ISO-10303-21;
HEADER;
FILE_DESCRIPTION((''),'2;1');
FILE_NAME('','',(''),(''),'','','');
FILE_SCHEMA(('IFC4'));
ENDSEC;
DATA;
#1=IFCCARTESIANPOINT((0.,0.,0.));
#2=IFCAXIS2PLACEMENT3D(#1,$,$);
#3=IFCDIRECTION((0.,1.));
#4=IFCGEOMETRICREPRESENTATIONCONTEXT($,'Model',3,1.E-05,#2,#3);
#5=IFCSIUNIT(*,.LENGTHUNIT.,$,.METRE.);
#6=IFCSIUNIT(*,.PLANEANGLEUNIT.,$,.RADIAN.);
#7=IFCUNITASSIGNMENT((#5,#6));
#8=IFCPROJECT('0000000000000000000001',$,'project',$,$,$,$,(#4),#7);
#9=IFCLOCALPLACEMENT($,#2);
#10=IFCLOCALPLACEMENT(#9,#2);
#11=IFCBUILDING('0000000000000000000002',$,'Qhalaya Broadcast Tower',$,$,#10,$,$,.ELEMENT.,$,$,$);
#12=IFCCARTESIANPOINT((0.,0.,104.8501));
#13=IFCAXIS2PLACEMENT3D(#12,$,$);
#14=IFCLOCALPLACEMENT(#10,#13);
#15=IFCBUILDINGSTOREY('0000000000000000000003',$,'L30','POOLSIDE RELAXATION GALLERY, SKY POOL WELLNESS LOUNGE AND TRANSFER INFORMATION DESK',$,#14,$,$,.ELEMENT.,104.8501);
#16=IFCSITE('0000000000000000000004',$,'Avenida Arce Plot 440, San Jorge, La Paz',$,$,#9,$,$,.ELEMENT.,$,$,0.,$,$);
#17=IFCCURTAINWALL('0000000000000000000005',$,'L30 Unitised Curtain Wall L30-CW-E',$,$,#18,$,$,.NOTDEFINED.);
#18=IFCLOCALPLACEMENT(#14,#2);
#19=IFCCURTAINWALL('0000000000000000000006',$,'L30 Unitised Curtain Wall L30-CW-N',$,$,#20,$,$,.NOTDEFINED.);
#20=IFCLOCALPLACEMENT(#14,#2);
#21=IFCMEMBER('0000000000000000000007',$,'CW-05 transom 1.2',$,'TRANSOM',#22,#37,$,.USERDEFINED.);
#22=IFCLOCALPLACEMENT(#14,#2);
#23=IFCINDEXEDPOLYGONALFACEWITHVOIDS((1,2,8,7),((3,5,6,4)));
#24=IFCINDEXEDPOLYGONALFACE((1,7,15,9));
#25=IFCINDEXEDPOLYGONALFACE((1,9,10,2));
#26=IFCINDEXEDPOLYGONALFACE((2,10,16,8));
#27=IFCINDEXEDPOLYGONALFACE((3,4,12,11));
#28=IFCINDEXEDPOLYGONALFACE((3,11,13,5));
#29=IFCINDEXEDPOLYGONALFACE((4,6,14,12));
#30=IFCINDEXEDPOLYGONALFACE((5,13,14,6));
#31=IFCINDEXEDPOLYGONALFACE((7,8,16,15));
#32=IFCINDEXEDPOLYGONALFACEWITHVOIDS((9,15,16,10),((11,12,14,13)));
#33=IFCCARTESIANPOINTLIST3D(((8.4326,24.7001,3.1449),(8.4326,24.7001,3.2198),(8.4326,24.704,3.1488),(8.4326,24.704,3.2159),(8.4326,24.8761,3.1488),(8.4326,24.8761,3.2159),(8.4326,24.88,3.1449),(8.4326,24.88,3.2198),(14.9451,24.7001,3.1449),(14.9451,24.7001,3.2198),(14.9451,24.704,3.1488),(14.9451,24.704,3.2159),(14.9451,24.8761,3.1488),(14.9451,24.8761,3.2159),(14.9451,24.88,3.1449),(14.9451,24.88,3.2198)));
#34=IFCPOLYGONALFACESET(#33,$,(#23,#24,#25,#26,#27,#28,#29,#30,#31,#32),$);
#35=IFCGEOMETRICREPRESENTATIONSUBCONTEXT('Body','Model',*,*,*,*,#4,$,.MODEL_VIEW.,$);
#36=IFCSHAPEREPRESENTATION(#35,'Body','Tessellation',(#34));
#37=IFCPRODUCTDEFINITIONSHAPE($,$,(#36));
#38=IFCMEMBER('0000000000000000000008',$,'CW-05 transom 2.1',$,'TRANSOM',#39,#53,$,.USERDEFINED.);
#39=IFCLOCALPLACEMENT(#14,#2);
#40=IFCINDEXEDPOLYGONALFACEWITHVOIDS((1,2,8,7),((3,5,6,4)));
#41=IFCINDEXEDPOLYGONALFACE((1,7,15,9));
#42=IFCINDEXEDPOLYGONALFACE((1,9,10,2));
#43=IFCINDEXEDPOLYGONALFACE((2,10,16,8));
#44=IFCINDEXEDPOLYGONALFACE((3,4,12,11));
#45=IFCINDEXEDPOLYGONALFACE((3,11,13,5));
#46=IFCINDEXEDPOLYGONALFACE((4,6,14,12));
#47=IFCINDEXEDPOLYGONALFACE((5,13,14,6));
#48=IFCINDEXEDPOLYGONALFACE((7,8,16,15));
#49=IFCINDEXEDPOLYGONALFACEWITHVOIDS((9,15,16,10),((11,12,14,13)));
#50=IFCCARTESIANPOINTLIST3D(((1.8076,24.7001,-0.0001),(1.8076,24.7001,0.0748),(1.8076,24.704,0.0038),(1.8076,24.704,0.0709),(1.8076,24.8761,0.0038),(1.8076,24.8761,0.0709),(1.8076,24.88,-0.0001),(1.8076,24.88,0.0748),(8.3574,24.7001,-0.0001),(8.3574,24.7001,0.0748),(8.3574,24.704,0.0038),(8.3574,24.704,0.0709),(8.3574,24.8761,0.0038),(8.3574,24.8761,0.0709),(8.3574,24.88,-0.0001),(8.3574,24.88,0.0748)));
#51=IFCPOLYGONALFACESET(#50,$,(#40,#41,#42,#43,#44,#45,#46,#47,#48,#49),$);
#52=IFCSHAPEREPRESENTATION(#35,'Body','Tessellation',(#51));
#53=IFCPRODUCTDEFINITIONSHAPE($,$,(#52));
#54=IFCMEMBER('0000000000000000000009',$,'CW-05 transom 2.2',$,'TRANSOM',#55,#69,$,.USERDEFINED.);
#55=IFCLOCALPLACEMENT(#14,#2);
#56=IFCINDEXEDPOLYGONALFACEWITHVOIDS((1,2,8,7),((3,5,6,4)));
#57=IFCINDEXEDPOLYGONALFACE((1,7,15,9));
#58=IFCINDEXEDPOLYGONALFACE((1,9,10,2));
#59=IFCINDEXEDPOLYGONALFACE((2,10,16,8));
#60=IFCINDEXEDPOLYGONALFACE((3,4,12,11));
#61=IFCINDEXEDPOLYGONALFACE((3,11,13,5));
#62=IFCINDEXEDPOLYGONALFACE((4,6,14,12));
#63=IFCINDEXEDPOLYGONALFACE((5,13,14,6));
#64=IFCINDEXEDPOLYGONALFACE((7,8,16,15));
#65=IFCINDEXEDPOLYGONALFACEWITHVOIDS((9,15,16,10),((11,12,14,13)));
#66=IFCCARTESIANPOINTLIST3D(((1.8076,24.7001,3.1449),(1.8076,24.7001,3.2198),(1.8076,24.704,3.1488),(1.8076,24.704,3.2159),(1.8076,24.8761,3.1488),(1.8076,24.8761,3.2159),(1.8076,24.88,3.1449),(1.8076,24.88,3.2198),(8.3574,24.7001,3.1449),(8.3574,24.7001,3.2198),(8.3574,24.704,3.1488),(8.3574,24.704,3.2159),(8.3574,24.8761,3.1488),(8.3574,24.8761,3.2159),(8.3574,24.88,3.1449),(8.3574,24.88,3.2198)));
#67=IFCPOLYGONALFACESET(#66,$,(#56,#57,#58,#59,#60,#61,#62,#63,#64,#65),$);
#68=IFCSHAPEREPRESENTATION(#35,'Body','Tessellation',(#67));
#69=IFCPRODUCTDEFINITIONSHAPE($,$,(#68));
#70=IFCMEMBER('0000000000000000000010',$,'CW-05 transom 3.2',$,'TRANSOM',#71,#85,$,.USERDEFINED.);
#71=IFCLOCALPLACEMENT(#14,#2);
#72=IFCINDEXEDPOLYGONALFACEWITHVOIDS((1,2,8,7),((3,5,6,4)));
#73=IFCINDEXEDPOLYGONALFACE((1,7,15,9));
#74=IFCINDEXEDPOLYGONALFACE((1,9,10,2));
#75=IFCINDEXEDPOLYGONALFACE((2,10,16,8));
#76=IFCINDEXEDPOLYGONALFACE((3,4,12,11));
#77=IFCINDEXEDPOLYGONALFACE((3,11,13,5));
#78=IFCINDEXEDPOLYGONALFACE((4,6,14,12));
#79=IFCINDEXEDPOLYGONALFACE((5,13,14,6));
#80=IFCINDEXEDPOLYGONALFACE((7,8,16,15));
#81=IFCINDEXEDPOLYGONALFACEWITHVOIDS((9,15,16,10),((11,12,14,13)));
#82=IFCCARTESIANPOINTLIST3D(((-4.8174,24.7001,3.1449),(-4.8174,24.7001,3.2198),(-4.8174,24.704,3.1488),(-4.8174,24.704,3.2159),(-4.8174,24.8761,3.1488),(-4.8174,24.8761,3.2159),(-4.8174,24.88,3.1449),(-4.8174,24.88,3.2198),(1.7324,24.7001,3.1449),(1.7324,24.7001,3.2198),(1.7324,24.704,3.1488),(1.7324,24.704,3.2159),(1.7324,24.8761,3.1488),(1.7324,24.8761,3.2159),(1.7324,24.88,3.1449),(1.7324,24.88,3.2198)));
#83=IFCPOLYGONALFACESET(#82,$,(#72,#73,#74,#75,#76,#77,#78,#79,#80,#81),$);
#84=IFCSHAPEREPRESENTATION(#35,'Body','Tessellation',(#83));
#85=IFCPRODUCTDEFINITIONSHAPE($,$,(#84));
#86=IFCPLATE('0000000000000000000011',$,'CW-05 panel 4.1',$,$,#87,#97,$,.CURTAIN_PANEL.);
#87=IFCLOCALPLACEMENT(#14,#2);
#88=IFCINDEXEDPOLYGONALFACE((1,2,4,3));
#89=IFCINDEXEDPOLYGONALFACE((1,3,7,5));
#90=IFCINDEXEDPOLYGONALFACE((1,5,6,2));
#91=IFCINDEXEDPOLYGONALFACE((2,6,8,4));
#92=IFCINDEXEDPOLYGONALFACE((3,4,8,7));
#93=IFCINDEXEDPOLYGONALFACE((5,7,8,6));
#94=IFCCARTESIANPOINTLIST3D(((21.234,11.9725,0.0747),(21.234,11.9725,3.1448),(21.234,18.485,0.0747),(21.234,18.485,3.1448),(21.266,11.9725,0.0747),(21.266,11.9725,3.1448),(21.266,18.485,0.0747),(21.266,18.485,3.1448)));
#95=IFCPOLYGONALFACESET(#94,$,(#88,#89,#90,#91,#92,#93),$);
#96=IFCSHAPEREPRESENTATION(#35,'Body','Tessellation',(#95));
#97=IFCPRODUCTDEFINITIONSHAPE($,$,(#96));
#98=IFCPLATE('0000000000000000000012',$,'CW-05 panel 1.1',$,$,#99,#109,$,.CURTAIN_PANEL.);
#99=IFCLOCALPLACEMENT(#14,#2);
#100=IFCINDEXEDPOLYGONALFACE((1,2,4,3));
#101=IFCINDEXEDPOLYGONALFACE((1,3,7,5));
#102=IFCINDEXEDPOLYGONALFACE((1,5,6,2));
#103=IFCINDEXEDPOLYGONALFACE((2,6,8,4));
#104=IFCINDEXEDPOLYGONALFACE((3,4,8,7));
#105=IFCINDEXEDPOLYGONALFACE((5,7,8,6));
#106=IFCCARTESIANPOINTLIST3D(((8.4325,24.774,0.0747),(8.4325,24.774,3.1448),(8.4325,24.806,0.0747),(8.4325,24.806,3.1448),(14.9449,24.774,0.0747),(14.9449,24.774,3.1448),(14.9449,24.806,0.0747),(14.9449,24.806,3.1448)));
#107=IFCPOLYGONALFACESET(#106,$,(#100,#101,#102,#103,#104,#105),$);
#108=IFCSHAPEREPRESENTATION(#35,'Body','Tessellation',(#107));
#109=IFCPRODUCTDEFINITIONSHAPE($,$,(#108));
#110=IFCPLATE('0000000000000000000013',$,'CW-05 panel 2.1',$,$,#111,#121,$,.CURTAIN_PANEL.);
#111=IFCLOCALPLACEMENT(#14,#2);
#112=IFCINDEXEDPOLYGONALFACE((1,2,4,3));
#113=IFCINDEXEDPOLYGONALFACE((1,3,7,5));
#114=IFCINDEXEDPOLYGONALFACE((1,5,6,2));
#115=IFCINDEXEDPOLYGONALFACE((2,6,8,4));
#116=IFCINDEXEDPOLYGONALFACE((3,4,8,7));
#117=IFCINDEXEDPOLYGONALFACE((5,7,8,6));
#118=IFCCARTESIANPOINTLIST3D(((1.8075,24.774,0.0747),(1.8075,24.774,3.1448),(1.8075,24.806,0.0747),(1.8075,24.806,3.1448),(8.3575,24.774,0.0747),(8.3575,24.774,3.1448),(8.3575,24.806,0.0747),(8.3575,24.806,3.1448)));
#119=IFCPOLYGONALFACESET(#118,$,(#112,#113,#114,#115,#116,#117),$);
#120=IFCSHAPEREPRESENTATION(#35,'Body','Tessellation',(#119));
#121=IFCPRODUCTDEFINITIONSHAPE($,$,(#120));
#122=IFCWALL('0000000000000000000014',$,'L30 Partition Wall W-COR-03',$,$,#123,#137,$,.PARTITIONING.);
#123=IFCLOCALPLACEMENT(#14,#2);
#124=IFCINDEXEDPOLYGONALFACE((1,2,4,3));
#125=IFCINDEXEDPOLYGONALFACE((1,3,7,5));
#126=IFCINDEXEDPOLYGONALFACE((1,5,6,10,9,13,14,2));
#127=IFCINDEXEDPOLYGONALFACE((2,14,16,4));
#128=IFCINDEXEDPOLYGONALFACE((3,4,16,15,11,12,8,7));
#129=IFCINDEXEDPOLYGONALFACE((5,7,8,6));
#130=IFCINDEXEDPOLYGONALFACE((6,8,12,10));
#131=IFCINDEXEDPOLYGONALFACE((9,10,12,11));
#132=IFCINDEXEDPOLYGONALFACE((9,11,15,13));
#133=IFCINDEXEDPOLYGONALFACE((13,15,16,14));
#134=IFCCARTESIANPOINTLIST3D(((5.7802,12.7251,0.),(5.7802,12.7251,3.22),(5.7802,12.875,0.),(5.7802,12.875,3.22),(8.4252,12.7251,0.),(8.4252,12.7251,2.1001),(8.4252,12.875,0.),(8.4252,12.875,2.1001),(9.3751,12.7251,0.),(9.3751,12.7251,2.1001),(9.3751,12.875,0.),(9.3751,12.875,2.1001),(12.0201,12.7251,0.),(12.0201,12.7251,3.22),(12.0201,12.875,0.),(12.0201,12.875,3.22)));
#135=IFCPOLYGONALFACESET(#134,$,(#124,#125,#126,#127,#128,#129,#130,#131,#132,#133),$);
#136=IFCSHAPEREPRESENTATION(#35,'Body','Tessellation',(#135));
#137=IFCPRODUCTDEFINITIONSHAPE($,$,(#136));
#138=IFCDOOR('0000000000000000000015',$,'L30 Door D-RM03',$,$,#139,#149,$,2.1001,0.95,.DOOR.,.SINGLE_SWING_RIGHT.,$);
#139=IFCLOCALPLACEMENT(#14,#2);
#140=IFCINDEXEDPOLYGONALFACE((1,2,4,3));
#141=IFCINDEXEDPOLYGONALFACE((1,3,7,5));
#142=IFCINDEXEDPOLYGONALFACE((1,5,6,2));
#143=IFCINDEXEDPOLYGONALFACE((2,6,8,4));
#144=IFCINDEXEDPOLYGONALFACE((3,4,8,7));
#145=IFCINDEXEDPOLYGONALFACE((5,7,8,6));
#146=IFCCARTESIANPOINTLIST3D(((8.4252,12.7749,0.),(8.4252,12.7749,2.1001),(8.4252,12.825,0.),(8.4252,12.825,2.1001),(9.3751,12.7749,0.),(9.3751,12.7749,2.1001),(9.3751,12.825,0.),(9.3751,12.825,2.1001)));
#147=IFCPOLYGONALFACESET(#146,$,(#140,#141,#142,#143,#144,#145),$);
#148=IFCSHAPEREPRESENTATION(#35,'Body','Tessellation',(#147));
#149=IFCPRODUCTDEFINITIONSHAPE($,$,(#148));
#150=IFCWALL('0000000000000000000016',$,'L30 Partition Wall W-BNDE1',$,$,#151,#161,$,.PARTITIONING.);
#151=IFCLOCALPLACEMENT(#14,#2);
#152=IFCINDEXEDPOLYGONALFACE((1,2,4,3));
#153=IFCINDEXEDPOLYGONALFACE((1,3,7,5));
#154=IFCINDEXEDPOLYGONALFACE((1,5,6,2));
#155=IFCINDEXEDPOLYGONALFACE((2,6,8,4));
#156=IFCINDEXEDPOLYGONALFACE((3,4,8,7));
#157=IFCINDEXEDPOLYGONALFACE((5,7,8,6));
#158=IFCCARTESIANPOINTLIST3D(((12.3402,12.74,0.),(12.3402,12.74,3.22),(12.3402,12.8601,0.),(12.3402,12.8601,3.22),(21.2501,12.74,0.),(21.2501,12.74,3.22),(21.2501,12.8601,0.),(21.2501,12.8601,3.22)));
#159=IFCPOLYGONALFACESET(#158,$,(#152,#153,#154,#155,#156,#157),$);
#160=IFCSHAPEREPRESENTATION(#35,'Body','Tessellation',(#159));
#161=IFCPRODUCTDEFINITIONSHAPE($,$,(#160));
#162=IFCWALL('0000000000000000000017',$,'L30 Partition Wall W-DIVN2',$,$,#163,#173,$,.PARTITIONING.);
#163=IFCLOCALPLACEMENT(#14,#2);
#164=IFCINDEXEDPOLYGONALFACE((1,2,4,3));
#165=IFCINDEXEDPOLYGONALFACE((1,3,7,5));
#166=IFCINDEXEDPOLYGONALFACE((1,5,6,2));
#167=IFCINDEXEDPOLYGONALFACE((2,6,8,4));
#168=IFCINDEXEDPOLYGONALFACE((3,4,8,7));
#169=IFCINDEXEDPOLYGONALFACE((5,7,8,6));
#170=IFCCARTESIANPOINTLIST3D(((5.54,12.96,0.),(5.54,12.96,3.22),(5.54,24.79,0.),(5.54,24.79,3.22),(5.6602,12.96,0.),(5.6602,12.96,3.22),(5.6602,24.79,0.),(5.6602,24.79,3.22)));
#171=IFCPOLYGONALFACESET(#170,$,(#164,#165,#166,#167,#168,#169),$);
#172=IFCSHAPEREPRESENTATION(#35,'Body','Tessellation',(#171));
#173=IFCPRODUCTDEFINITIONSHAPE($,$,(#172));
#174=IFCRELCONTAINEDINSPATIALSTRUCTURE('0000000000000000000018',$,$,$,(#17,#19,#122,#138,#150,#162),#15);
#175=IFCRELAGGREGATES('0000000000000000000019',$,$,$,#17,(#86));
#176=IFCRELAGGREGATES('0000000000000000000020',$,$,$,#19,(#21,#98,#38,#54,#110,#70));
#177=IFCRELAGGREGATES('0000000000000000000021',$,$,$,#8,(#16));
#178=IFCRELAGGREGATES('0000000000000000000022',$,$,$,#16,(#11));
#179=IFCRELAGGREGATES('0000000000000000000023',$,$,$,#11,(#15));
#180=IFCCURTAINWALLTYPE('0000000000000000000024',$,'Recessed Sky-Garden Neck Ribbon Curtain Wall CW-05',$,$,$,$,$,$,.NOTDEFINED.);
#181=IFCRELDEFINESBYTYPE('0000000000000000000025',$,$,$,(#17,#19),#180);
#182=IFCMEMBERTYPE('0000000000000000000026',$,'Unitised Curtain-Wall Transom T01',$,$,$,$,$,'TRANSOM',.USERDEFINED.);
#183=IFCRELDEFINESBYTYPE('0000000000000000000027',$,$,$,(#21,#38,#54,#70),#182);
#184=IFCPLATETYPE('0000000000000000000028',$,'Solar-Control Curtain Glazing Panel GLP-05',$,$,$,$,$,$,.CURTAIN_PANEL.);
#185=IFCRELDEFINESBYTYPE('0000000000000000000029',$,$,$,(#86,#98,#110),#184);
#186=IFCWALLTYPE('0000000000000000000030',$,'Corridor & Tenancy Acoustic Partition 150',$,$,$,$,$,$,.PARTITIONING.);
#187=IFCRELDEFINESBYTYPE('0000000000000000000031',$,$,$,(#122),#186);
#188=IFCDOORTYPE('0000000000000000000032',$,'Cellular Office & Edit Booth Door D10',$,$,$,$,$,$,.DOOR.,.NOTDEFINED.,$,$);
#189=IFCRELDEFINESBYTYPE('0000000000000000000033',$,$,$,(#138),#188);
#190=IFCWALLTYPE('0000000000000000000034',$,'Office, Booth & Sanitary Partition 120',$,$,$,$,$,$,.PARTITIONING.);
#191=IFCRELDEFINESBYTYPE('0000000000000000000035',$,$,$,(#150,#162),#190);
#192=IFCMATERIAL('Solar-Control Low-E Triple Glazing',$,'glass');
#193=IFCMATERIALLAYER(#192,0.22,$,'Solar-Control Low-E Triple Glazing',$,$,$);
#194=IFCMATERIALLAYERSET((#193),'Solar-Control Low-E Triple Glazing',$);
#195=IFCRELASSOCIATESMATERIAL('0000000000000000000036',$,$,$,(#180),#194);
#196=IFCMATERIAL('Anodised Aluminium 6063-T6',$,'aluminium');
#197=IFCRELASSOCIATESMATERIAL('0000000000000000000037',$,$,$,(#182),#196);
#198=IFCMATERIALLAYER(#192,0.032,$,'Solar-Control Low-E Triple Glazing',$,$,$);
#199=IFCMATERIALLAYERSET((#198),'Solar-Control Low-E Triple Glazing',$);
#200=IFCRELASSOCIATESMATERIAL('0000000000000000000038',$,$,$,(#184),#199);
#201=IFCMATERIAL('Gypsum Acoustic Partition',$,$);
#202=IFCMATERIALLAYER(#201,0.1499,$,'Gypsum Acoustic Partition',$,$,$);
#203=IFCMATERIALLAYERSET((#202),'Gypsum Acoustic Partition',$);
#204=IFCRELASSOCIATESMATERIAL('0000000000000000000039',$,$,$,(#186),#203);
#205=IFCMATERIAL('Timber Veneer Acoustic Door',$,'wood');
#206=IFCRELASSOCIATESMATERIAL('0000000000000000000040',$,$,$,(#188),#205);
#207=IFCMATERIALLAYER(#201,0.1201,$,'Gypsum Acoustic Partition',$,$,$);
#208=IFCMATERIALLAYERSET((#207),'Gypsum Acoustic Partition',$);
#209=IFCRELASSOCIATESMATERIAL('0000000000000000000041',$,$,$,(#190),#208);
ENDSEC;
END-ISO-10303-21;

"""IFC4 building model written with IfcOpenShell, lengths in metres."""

from ifc_helpers import new_model, si_unit, direction, frame, frame_2d, origin, origin_2d, place, context, subcontext, project, spatial, rectangle, hollow_rectangle, extrude, material, layer, layer_set, material_profile, profile_set, type_object, element, fill, aggregate, save


model = new_model("IFC4")

# Units and contexts
model_context = context("Model", 3, precision=1e-05, world=origin(), true_north=direction((0.0, 1.0)))
body_context = subcontext(model_context, "Body", "Model", "MODEL_VIEW")
ifc_project = project(units=[si_unit("LENGTHUNIT", "METRE"), si_unit("PLANEANGLEUNIT", "RADIAN")], contexts=[model_context])

# Site, building, storey
site_placement = place(None, origin())
site = spatial("IfcSite", under=ifc_project, at=site_placement, Name="Avenida Arce Plot 440, San Jorge, La Paz", CompositionType="ELEMENT", RefElevation=0.0)
building_placement = place(site_placement, origin())
building = spatial("IfcBuilding", under=site, at=building_placement, Name="Qhalaya Broadcast Tower", CompositionType="ELEMENT")
storey_placement = place(building_placement, frame((0.0, 0.0, 104.8501)))
storey = spatial("IfcBuildingStorey", under=building, at=storey_placement, Name="L30", Description="POOLSIDE RELAXATION GALLERY, SKY POOL WELLNESS LOUNGE AND TRANSFER INFORMATION DESK", CompositionType="ELEMENT", Elevation=104.8501)

# Curtain walls
ifc_material_1 = material(Name="Solar-Control Low-E Triple Glazing", Category="glass")
ifc_layer_1 = layer(ifc_material_1, 0.22, Name="Solar-Control Low-E Triple Glazing")
ifc_layer_set_1 = layer_set([ifc_layer_1], Name="Solar-Control Low-E Triple Glazing")
curtain_wall_type = type_object("IfcCurtainWallType", Name="Recessed Sky-Garden Neck Ribbon Curtain Wall CW-05", PredefinedType="NOTDEFINED", material=ifc_layer_set_1)
curtain_wall_1_placement = place(storey_placement, origin())
curtain_wall_1 = element("IfcCurtainWall", 1, at=curtain_wall_1_placement, inside=storey, type_object=curtain_wall_type, Name="L30 Unitised Curtain Wall L30-CW-E", PredefinedType="NOTDEFINED")
ifc_material_2 = material(Name="Anodised Aluminium 6063-T6", Category="aluminium")
curtain_wall_2_placement = place(storey_placement, origin())
curtain_wall_2 = element("IfcCurtainWall", 2, at=curtain_wall_2_placement, inside=storey, type_object=curtain_wall_type, Name="L30 Unitised Curtain Wall L30-CW-N", PredefinedType="NOTDEFINED")

# Members
ifc_material_profile_1 = material_profile(ifc_material_2, hollow_rectangle(XDim=0.075, YDim=0.1799, WallThickness=0.0039, at=origin_2d()), Name="ALU-TRN 75x180x4")
ifc_profile_set_1 = profile_set([ifc_material_profile_1], Name="Anodised Aluminium 6063-T6")
member_type_1 = type_object("IfcMemberType", Name="Unitised Curtain-Wall Transom T01", ElementType="TRANSOM", PredefinedType="USERDEFINED", material=ifc_profile_set_1)
member_1_placement = place(storey_placement, frame((14.9451, 24.79, 3.1824), z_axis=(-1.0, 0.0, 0.0), x_axis=(0.0, 0.0, 1.0)))
member_1 = element("IfcMember", 3, at=member_1_placement, type_object=member_type_1, Name="CW-05 transom 1.2", ObjectType="TRANSOM", PredefinedType="USERDEFINED", context=body_context, shape_type="SweptSolid", body=[
    extrude(hollow_rectangle(XDim=0.075, YDim=0.1799, WallThickness=0.0039, at=origin_2d()), origin(), (0.0, 0.0, 1.0), 6.5125),
])
member_2_placement = place(storey_placement, frame((8.3574, 24.79, 0.0374), z_axis=(-1.0, 0.0, 0.0), x_axis=(0.0, 0.0, 1.0)))
member_2 = element("IfcMember", 4, at=member_2_placement, type_object=member_type_1, Name="CW-05 transom 2.1", ObjectType="TRANSOM", PredefinedType="USERDEFINED", context=body_context, shape_type="SweptSolid", body=[
    extrude(hollow_rectangle(XDim=0.075, YDim=0.1799, WallThickness=0.0039, at=origin_2d()), origin(), (0.0, 0.0, 1.0), 6.5498),
])
member_3_placement = place(storey_placement, frame((8.3574, 24.79, 3.1824), z_axis=(-1.0, 0.0, 0.0), x_axis=(0.0, 0.0, 1.0)))
member_3 = element("IfcMember", 5, at=member_3_placement, type_object=member_type_1, Name="CW-05 transom 2.2", ObjectType="TRANSOM", PredefinedType="USERDEFINED", context=body_context, shape_type="SweptSolid", body=[
    extrude(hollow_rectangle(XDim=0.075, YDim=0.1799, WallThickness=0.0039, at=origin_2d()), origin(), (0.0, 0.0, 1.0), 6.5498),
])
member_4_placement = place(storey_placement, frame((1.7324, 24.79, 3.1824), z_axis=(-1.0, 0.0, 0.0), x_axis=(0.0, 0.0, 1.0)))
member_4 = element("IfcMember", 6, at=member_4_placement, type_object=member_type_1, Name="CW-05 transom 3.2", ObjectType="TRANSOM", PredefinedType="USERDEFINED", context=body_context, shape_type="SweptSolid", body=[
    extrude(hollow_rectangle(XDim=0.075, YDim=0.1799, WallThickness=0.0039, at=origin_2d()), origin(), (0.0, 0.0, 1.0), 6.5498),
])

# Plates
ifc_layer_2 = layer(ifc_material_1, 0.032, Name="Solar-Control Low-E Triple Glazing")
ifc_layer_set_2 = layer_set([ifc_layer_2], Name="Solar-Control Low-E Triple Glazing")
plate_type = type_object("IfcPlateType", Name="Solar-Control Curtain Glazing Panel GLP-05", PredefinedType="CURTAIN_PANEL", material=ifc_layer_set_2)
plate_1_placement = place(storey_placement, frame((21.25, 15.2288, 0.0747), z_axis=(0.0, 0.0, 1.0), x_axis=(0.0, 1.0, 0.0)))
plate_1 = element("IfcPlate", 7, at=plate_1_placement, type_object=plate_type, Name="CW-05 panel 4.1", PredefinedType="CURTAIN_PANEL", context=body_context, shape_type="SweptSolid", body=[
    extrude(rectangle(XDim=6.5125, YDim=0.032, at=origin_2d()), origin(), (0.0, 0.0, 1.0), 3.0701),
])
aggregate(curtain_wall_1, [plate_1])
plate_2_placement = place(storey_placement, frame((11.6887, 24.79, 0.0747), z_axis=(0.0, 0.0, 1.0), x_axis=(-1.0, 0.0, 0.0)))
plate_2 = element("IfcPlate", 8, at=plate_2_placement, type_object=plate_type, Name="CW-05 panel 1.1", PredefinedType="CURTAIN_PANEL", context=body_context, shape_type="SweptSolid", body=[
    extrude(rectangle(XDim=6.5125, YDim=0.032, at=origin_2d()), origin(), (0.0, 0.0, 1.0), 3.0701),
])
plate_3_placement = place(storey_placement, frame((5.0825, 24.79, 0.0747), z_axis=(0.0, 0.0, 1.0), x_axis=(-1.0, 0.0, 0.0)))
plate_3 = element("IfcPlate", 9, at=plate_3_placement, type_object=plate_type, Name="CW-05 panel 2.1", PredefinedType="CURTAIN_PANEL", context=body_context, shape_type="SweptSolid", body=[
    extrude(rectangle(XDim=6.55, YDim=0.032, at=origin_2d()), origin(), (0.0, 0.0, 1.0), 3.0701),
])
aggregate(curtain_wall_2, [member_1, plate_2, member_2, member_3, plate_3, member_4])

# Wall, opening, door
ifc_material_3 = material(Name="Gypsum Acoustic Partition")
ifc_layer_3 = layer(ifc_material_3, 0.1499, Name="Gypsum Acoustic Partition")
ifc_layer_set_3 = layer_set([ifc_layer_3], Name="Gypsum Acoustic Partition")
wall_type_1 = type_object("IfcWallType", Name="Corridor & Tenancy Acoustic Partition 150", PredefinedType="PARTITIONING", material=ifc_layer_set_3)
wall_1_placement = place(storey_placement, frame((5.78, 12.8, 0.0), z_axis=(0.0, 0.0, 1.0), x_axis=(1.0, 0.0, 0.0)))
wall_1 = element("IfcWall", 10, at=wall_1_placement, inside=storey, type_object=wall_type_1, Name="L30 Partition Wall W-COR-03", PredefinedType="PARTITIONING", context=body_context, shape_type="SweptSolid", body=[
    extrude(rectangle(XDim=6.24, YDim=0.1499, at=frame_2d((3.1201, 0.0))), origin(), (0.0, 0.0, 1.0), 3.22),
])
opening_placement = place(wall_1_placement, frame((2.645, 0.0, 0.0)))
opening = element("IfcOpeningElement", 11, at=opening_placement, cuts=wall_1, PredefinedType="OPENING", context=body_context, shape_type="SweptSolid", body=[
    extrude(rectangle(XDim=0.95, YDim=2.1001, at=frame_2d((0.4751, 1.05))), frame((0.0, 0.0869, 0.0), z_axis=(0.0, -1.0, 0.0), x_axis=(1.0, 0.0, 0.0)), (0.0, 0.0, 1.0), 0.1738),
])
ifc_material_4 = material(Name="Timber Veneer Acoustic Door", Category="wood")
door_type = type_object("IfcDoorType", Name="Cellular Office & Edit Booth Door D10", OperationType="NOTDEFINED", PredefinedType="DOOR", material=ifc_material_4)
door_placement = place(opening_placement, origin())
door = element("IfcDoor", 12, at=door_placement, inside=storey, type_object=door_type, Name="L30 Door D-RM03", OperationType="SINGLE_SWING_RIGHT", OverallHeight=2.1001, OverallWidth=0.95, PredefinedType="DOOR", context=body_context, shape_type="SweptSolid", body=[
    extrude(rectangle(XDim=0.95, YDim=2.1001, at=frame_2d((0.4751, 1.05))), frame((0.0, 0.0249, 0.0), z_axis=(0.0, -1.0, 0.0), x_axis=(1.0, 0.0, 0.0)), (0.0, 0.0, 1.0), 0.05),
])
fill(opening, door)

# Walls
ifc_layer_4 = layer(ifc_material_3, 0.1201, Name="Gypsum Acoustic Partition")
ifc_layer_set_4 = layer_set([ifc_layer_4], Name="Gypsum Acoustic Partition")
wall_type_2 = type_object("IfcWallType", Name="Office, Booth & Sanitary Partition 120", PredefinedType="PARTITIONING", material=ifc_layer_set_4)
wall_2_placement = place(storey_placement, frame((12.3401, 12.8, 0.0), z_axis=(0.0, 0.0, 1.0), x_axis=(1.0, 0.0, 0.0)))
element("IfcWall", 13, at=wall_2_placement, inside=storey, type_object=wall_type_2, Name="L30 Partition Wall W-BNDE1", PredefinedType="PARTITIONING", context=body_context, shape_type="SweptSolid", body=[
    extrude(rectangle(XDim=8.9099, YDim=0.1201, at=frame_2d((4.4551, 0.0))), origin(), (0.0, 0.0, 1.0), 3.22),
])
wall_3_placement = place(storey_placement, frame((5.6001, 12.96, 0.0), z_axis=(0.0, 0.0, 1.0), x_axis=(0.0, 1.0, 0.0)))
element("IfcWall", 14, at=wall_3_placement, inside=storey, type_object=wall_type_2, Name="L30 Partition Wall W-DIVN2", PredefinedType="PARTITIONING", context=body_context, shape_type="SweptSolid", body=[
    extrude(rectangle(XDim=11.8301, YDim=0.1201, at=frame_2d((5.915, 0.0))), origin(), (0.0, 0.0, 1.0), 3.22),
])

save(model, "model.ifc")
